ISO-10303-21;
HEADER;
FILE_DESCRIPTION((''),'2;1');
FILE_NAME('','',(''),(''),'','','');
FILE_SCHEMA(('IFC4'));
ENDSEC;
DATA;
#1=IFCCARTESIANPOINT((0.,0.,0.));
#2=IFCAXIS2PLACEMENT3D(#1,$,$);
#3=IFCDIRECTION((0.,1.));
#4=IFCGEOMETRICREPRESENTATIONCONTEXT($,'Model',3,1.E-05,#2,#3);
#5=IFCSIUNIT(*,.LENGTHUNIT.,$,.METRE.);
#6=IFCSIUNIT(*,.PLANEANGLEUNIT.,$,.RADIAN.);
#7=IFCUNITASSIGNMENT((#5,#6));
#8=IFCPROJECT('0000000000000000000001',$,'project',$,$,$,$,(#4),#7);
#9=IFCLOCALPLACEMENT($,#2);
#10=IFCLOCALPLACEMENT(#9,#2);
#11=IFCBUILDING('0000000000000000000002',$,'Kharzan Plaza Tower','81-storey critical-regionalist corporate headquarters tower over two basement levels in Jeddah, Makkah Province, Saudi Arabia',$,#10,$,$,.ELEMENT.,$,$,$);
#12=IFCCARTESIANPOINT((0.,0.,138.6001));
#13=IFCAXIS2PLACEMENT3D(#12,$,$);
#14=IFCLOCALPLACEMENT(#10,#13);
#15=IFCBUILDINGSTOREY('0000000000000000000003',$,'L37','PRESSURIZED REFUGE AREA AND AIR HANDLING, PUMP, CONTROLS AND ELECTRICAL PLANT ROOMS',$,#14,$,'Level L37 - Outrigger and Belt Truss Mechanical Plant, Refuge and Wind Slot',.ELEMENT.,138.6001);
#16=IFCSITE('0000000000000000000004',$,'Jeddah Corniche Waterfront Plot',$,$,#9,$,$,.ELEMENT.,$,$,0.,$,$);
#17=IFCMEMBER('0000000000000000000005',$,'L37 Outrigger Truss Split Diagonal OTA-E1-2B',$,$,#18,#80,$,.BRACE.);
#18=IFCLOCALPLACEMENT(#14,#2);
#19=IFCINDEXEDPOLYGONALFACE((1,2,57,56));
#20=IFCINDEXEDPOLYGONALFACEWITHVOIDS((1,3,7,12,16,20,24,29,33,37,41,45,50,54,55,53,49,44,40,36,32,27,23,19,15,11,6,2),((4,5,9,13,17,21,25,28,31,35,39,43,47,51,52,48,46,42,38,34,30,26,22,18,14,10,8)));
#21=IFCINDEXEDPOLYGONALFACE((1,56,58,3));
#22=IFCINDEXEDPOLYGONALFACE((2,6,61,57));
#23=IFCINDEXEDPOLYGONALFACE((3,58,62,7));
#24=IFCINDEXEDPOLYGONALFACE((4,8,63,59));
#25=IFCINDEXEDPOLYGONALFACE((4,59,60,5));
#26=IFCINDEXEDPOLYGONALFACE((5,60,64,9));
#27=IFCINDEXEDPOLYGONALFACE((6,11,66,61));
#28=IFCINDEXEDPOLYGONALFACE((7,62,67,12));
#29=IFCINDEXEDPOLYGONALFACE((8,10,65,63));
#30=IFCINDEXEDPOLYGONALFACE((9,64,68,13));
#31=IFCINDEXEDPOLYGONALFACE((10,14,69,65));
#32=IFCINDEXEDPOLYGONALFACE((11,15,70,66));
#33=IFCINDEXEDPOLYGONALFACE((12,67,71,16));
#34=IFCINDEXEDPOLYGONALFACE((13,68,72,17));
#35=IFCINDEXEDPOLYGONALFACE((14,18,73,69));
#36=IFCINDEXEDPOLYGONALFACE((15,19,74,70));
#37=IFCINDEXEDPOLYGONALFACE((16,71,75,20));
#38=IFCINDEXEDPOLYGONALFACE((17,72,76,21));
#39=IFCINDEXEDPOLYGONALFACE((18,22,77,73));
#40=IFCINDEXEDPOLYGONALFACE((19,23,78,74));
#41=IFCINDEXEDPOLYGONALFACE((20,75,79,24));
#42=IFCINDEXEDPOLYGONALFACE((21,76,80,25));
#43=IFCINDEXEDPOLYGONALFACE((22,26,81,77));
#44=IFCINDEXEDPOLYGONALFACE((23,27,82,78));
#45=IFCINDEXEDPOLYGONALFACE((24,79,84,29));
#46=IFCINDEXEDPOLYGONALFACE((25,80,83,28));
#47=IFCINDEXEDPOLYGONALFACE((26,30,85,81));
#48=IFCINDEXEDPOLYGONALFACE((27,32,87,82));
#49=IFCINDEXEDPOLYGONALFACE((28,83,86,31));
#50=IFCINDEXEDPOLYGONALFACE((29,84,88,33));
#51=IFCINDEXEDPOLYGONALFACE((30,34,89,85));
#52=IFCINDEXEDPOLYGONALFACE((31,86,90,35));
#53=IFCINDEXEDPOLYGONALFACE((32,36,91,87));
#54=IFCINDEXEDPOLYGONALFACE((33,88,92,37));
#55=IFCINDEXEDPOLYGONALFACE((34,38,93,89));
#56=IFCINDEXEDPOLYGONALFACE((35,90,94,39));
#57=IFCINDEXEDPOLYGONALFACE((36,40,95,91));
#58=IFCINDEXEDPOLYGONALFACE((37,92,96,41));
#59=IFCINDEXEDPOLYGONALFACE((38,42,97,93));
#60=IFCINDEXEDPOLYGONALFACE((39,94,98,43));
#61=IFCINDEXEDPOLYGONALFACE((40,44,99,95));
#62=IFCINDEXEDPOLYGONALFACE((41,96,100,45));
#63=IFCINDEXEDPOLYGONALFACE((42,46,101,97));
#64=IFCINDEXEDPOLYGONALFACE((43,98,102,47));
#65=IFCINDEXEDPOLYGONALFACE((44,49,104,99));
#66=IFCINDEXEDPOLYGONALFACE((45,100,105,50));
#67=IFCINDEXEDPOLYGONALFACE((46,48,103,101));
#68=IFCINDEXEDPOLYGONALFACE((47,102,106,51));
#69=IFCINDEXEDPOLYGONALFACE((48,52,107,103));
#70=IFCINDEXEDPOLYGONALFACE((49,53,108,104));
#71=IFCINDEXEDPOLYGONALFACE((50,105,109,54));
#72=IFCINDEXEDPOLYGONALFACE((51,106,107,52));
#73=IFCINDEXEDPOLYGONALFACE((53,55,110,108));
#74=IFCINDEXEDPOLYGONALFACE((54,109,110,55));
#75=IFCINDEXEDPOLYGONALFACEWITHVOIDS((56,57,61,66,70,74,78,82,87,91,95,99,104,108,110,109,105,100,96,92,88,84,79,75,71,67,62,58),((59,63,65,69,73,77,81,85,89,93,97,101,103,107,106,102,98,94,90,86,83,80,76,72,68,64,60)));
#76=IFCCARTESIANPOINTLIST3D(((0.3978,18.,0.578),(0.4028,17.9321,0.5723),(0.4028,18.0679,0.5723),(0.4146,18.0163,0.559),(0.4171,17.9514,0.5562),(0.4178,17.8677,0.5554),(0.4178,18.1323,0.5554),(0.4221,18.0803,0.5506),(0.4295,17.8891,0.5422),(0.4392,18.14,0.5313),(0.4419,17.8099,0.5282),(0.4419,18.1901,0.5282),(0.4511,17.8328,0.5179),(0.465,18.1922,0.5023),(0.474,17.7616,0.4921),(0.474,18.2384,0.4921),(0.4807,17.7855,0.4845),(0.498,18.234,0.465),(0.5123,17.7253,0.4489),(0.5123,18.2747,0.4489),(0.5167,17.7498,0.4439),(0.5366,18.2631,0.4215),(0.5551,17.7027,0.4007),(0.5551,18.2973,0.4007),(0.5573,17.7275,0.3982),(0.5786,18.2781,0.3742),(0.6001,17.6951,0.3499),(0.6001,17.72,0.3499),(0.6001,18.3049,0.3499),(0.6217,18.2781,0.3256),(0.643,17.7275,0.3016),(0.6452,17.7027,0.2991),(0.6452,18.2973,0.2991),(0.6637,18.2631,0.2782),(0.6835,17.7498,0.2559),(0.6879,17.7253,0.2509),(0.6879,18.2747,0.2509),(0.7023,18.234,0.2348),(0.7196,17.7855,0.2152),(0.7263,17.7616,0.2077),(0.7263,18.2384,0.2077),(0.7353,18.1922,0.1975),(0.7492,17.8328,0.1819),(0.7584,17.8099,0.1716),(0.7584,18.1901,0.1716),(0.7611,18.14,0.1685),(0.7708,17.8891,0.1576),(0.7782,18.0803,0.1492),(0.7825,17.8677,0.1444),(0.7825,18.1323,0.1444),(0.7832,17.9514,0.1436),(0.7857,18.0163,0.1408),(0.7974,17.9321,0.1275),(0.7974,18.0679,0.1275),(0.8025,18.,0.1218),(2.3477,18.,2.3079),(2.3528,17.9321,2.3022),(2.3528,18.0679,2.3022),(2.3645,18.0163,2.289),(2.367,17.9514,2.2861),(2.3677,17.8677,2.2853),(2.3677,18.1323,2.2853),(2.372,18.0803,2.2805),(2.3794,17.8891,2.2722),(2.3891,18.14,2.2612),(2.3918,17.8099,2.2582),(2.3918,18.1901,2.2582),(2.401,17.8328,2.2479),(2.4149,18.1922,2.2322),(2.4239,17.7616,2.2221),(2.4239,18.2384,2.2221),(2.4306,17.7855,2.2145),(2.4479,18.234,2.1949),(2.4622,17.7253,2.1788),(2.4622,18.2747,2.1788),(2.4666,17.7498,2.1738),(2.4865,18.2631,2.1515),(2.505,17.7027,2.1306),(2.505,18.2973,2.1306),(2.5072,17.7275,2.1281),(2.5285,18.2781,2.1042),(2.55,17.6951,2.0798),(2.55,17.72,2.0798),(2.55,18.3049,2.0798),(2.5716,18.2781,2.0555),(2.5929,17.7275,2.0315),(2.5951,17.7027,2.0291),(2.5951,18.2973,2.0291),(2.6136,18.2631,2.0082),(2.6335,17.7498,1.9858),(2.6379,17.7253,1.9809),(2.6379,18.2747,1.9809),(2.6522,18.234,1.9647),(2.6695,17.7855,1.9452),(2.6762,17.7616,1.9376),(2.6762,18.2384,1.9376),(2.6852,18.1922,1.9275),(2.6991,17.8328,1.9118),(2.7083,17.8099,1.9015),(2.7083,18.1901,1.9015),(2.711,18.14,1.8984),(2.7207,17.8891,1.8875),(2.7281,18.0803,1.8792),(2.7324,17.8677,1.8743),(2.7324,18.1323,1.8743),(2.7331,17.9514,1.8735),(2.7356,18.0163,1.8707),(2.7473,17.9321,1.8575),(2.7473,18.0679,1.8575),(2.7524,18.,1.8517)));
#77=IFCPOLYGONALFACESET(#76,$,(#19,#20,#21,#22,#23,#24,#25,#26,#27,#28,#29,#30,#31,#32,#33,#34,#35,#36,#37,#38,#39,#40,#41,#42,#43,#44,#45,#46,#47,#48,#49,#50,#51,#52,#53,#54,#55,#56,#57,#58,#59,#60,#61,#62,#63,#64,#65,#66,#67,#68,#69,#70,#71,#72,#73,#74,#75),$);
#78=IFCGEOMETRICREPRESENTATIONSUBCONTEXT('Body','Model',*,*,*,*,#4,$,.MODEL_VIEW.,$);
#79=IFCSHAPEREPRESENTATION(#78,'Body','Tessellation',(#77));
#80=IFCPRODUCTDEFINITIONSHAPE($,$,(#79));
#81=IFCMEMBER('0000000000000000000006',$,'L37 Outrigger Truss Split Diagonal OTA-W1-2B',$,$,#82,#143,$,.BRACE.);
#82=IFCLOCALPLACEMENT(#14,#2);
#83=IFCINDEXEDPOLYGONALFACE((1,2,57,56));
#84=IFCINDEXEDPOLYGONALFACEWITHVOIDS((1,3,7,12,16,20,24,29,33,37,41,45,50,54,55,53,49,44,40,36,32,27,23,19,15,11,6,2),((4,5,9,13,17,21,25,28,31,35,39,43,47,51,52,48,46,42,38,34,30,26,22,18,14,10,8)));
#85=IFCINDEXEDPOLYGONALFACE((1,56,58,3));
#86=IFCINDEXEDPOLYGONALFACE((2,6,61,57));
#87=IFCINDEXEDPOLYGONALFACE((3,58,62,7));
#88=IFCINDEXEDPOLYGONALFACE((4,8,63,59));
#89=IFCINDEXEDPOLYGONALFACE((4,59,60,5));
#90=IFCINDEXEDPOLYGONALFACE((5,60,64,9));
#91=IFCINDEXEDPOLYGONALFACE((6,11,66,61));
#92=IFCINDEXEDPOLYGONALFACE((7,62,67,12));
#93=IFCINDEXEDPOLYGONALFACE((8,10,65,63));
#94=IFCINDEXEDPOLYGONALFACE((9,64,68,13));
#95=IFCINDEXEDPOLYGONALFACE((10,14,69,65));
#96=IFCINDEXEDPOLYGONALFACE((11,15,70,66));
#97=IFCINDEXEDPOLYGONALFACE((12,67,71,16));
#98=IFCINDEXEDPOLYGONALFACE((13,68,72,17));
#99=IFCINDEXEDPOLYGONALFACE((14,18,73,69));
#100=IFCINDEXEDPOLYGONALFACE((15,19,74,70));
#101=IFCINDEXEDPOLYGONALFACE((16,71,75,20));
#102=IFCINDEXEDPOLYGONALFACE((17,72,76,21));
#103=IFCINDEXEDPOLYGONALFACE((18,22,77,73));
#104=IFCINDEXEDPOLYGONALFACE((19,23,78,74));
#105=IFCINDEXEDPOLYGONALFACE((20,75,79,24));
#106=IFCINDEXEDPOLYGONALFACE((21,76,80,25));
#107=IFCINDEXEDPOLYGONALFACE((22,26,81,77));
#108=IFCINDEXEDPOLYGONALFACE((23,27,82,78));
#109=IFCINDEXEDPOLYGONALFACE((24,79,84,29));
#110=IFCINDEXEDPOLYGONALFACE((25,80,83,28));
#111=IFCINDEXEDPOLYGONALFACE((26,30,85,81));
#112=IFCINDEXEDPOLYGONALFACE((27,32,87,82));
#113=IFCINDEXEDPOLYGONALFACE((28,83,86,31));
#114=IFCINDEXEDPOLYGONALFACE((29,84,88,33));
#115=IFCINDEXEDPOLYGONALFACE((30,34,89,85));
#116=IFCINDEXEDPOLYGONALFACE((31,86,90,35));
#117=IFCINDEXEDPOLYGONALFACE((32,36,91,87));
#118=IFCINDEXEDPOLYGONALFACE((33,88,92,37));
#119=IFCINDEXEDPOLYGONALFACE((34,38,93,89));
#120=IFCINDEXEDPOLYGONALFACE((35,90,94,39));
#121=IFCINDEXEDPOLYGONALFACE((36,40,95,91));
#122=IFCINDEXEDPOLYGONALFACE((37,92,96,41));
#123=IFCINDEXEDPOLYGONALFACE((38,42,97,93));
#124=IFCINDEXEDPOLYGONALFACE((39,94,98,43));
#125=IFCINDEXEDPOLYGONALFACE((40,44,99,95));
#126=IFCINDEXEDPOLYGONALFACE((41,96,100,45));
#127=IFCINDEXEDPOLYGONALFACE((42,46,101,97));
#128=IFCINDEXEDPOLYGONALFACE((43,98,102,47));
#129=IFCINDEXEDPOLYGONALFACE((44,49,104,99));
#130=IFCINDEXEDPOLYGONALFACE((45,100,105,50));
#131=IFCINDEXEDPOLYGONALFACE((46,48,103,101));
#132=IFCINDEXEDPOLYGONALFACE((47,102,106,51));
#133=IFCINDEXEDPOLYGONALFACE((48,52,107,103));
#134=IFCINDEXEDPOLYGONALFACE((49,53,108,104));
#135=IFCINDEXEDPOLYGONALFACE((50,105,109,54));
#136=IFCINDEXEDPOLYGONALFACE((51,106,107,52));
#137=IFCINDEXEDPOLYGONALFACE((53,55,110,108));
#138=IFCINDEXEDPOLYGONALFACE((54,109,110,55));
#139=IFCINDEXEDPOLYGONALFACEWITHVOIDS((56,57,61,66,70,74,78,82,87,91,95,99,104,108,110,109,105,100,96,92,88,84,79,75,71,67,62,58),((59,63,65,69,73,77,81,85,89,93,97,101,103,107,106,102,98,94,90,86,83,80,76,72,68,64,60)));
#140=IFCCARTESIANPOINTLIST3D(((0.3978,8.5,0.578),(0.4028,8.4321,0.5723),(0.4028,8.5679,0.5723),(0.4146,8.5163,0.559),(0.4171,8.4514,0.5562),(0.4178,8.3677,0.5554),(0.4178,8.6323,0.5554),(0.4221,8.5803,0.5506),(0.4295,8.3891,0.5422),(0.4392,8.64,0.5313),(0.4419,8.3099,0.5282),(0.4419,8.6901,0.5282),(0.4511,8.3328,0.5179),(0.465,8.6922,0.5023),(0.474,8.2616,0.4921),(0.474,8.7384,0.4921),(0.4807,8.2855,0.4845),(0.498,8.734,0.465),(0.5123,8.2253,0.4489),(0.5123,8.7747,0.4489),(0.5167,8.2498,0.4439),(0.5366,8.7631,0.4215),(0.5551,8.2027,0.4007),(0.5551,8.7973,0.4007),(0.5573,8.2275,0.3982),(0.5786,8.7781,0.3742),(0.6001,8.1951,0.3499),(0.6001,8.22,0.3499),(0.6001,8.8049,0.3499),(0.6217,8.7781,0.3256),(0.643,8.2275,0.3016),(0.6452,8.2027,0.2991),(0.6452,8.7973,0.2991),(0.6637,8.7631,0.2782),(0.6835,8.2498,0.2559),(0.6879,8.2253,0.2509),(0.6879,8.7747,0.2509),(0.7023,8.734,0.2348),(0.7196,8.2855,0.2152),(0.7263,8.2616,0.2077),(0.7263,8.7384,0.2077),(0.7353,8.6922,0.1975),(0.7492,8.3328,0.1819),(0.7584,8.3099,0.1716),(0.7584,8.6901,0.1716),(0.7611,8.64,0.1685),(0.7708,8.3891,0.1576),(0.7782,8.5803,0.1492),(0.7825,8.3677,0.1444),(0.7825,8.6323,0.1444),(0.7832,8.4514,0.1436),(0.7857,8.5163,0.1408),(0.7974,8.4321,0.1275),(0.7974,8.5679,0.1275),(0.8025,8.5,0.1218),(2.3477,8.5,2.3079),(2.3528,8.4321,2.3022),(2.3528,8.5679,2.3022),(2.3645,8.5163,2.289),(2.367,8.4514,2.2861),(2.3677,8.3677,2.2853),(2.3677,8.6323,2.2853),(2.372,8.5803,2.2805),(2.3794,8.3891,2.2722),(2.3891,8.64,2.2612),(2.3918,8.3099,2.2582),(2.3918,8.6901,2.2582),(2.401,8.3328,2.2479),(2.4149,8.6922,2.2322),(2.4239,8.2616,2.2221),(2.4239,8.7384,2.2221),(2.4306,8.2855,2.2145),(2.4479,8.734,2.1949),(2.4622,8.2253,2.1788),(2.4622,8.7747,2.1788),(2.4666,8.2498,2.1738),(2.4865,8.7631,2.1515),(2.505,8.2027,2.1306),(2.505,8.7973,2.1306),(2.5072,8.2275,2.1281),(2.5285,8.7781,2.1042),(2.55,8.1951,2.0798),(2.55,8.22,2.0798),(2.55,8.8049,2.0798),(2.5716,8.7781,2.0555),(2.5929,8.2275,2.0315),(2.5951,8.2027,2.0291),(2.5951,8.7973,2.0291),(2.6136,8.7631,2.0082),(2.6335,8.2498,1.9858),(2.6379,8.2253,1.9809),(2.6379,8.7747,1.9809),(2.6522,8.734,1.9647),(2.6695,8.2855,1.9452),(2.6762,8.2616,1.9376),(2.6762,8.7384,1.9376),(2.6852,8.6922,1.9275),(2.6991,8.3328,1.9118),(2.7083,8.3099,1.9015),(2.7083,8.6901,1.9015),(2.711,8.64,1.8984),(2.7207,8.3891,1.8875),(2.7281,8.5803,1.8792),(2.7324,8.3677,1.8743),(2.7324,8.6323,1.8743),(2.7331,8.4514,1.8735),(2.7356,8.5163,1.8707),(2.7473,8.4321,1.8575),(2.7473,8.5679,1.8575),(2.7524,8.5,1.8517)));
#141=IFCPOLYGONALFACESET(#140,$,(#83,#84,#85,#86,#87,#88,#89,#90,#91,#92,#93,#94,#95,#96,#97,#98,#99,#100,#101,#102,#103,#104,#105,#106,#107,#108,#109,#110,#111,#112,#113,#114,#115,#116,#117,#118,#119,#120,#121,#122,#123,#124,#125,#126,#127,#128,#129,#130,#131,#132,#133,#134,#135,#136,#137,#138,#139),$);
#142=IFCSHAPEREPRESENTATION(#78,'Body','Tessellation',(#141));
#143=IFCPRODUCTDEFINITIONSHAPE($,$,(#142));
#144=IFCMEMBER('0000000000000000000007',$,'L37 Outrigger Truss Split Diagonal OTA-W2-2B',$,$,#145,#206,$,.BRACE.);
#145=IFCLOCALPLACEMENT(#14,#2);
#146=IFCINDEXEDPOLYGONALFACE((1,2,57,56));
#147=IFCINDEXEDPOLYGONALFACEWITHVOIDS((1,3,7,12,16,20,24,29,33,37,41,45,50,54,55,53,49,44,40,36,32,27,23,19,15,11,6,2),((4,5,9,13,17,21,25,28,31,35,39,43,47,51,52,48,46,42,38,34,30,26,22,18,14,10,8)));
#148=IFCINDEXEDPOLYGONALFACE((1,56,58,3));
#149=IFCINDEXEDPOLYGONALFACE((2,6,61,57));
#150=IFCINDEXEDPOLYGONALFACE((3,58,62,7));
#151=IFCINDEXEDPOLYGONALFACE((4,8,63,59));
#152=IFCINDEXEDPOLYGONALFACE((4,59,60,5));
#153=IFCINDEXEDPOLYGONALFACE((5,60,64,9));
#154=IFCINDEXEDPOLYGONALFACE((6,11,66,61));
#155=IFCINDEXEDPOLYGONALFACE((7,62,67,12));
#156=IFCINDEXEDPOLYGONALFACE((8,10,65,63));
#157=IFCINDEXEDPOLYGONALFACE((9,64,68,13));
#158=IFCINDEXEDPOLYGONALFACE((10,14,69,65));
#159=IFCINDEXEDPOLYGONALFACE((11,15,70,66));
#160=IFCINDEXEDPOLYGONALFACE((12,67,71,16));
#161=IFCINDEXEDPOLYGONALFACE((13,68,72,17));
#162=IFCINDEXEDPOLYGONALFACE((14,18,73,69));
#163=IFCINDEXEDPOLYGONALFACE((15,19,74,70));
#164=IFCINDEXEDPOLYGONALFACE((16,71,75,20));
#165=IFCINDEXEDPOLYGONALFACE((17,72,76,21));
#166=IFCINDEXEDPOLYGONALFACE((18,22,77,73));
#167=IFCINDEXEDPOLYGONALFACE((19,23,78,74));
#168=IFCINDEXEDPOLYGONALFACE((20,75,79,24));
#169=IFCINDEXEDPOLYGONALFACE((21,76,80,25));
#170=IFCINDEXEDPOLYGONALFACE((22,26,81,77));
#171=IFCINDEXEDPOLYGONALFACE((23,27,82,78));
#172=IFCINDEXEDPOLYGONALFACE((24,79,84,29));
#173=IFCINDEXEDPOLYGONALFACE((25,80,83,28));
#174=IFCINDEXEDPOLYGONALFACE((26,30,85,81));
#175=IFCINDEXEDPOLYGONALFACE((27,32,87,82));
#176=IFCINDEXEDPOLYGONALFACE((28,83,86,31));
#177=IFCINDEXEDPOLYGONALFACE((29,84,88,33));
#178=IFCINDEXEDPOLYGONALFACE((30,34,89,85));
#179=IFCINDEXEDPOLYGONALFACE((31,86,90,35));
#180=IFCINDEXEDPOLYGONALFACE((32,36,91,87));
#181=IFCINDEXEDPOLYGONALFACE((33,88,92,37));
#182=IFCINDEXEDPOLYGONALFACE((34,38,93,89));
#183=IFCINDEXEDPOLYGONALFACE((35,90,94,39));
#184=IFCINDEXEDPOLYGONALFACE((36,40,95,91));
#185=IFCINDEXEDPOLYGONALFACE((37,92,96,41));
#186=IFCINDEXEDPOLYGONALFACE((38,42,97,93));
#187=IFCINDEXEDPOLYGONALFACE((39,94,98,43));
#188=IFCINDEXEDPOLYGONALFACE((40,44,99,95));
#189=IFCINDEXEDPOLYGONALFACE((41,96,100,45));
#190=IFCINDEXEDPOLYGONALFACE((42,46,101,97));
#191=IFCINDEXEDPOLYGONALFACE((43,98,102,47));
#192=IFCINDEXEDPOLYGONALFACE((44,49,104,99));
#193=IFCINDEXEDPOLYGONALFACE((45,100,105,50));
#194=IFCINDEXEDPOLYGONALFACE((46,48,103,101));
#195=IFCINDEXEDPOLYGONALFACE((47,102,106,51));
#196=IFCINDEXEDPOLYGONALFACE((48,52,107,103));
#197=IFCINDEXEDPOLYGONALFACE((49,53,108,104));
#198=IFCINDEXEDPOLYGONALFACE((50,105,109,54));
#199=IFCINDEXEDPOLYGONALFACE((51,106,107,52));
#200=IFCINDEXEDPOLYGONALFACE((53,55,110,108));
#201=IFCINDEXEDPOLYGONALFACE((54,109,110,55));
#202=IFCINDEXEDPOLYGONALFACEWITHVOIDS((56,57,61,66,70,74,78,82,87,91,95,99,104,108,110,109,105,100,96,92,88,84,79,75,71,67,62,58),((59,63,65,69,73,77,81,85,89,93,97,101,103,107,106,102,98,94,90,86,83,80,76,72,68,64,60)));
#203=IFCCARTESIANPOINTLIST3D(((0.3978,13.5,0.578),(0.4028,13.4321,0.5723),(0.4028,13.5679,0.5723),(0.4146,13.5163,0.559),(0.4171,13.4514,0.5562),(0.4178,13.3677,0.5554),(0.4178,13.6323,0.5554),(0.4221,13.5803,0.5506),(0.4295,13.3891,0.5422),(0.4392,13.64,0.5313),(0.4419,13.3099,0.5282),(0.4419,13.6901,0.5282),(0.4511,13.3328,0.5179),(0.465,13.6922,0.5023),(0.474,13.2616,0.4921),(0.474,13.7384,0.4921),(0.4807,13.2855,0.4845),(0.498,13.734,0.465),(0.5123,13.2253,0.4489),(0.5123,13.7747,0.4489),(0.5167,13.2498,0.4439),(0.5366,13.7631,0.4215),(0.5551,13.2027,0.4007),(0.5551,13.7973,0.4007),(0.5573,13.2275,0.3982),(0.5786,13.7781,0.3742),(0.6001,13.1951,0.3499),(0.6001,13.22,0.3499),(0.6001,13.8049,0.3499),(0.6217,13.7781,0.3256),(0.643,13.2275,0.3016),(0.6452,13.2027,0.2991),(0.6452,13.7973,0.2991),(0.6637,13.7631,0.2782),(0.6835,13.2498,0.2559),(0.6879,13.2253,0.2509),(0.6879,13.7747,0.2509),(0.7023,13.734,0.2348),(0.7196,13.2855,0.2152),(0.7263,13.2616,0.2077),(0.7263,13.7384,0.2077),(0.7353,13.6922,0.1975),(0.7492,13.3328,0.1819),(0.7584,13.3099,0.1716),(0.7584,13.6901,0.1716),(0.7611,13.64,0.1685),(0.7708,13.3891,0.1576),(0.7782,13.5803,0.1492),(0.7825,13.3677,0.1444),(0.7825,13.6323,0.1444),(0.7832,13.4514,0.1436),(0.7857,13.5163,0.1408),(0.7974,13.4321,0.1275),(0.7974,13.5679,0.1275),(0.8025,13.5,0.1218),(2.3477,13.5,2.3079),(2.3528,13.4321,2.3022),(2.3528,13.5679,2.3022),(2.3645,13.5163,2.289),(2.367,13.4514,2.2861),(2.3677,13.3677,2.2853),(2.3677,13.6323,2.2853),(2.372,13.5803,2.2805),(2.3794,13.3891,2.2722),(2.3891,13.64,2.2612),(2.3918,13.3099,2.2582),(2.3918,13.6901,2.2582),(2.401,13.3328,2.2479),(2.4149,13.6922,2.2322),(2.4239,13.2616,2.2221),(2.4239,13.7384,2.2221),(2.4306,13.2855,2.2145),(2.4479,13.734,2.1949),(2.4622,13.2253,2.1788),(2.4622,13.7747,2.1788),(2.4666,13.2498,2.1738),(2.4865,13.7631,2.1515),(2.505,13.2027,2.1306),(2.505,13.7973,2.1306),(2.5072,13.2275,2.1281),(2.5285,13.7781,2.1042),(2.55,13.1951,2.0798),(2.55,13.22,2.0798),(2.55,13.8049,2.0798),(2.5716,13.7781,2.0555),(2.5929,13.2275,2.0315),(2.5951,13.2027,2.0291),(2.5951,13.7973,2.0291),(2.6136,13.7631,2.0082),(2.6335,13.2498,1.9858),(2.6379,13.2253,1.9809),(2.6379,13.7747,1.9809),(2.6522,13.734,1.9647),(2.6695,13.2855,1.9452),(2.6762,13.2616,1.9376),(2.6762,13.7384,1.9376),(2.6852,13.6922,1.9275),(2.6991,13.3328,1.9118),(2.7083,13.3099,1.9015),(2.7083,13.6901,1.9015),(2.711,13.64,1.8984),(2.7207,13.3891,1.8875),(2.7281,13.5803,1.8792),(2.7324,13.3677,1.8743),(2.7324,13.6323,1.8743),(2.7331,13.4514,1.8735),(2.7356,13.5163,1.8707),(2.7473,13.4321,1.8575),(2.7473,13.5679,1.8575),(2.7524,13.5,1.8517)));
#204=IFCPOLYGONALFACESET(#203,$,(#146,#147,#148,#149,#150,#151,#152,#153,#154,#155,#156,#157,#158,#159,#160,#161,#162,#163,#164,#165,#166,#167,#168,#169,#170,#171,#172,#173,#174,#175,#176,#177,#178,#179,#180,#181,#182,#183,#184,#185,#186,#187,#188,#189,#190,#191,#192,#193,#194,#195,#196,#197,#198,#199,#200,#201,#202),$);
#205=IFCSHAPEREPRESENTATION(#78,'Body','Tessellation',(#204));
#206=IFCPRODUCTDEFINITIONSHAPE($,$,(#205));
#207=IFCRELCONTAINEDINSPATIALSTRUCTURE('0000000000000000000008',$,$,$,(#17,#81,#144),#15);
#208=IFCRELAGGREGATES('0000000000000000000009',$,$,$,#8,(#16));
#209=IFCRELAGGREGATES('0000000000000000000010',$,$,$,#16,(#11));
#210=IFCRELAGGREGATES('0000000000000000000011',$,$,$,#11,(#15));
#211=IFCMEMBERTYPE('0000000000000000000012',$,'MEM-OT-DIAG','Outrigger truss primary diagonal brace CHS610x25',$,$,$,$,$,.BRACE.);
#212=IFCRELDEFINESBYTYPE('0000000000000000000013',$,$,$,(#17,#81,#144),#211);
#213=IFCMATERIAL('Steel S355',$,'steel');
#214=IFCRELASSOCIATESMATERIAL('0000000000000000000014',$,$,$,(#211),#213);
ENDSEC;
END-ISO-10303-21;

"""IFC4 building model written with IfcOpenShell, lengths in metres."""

from ifc_helpers import new_model, si_unit, direction, frame, origin, origin_2d, place, context, subcontext, project, spatial, hollow_circle, extrude, source, transform, mapped, material, material_profile, profile_set, type_object, element, save


model = new_model("IFC4")

# Units and contexts
model_context = context("Model", 3, precision=1e-05, world=origin(), true_north=direction((0.0, 1.0)))
body_context = subcontext(model_context, "Body", "Model", "MODEL_VIEW")
ifc_project = project(units=[si_unit("LENGTHUNIT", "METRE"), si_unit("PLANEANGLEUNIT", "RADIAN")], contexts=[model_context])

# Site, building, storey
site_placement = place(None, origin())
site = spatial("IfcSite", under=ifc_project, at=site_placement, Name="Jeddah Corniche Waterfront Plot", CompositionType="ELEMENT", RefElevation=0.0)
building_placement = place(site_placement, origin())
building = spatial("IfcBuilding", under=site, at=building_placement, Name="Kharzan Plaza Tower", Description="81-storey critical-regionalist corporate headquarters tower over two basement levels in Jeddah, Makkah Province, Saudi Arabia", CompositionType="ELEMENT")
storey_placement = place(building_placement, frame((0.0, 0.0, 138.6001)))
storey = spatial("IfcBuildingStorey", under=building, at=storey_placement, Name="L37", Description="PRESSURIZED REFUGE AREA AND AIR HANDLING, PUMP, CONTROLS AND ELECTRICAL PLANT ROOMS", LongName="Level L37 - Outrigger and Belt Truss Mechanical Plant, Refuge and Wind Slot", CompositionType="ELEMENT", Elevation=138.6001)

# Shared definitions
ifc_material_1 = material(Name="Steel S355", Category="steel")

# Members
ifc_material_profile_1 = material_profile(ifc_material_1, hollow_circle(Radius=0.3049, WallThickness=0.0249, at=origin_2d()), Name="CHS610x25")
ifc_profile_set_1 = profile_set([ifc_material_profile_1], Name="Steel S355")
member_type_1 = type_object("IfcMemberType", Name="MEM-OT-DIAG", Description="Outrigger truss primary diagonal brace CHS610x25", PredefinedType="BRACE", material=ifc_profile_set_1)
shared_shape_1 = source(origin(), body_context, "Body", "SweptSolid", [
    extrude(hollow_circle(Radius=0.3049, WallThickness=0.0249, at=origin_2d()), origin(), (0.0, 0.0, 1.0), 2.6067),
])
for number, where, z_axis, x_axis, name in (
    (1, (2.55, 18.0, 2.0798), (-0.748039, 0.0, -0.663654), (0.0, -1.0, 0.0), "L37 Outrigger Truss Split Diagonal OTA-E1-2B"),
    (2, (2.55, 8.5, 2.0798), (-0.748039, 0.0, -0.663654), (0.0, -1.0, 0.0), "L37 Outrigger Truss Split Diagonal OTA-W1-2B"),
    (3, (2.55, 13.5, 2.0798), (-0.748039, 0.0, -0.663654), (0.0, -1.0, 0.0), "L37 Outrigger Truss Split Diagonal OTA-W2-2B"),
):
    element("IfcMember", number, at=place(storey_placement, frame(where, z_axis=z_axis, x_axis=x_axis)), inside=storey, type_object=member_type_1, Name=name, PredefinedType="BRACE", context=body_context, shape_type="MappedRepresentation", body=[
        mapped(shared_shape_1, transform((0.0, 0.0, 0.0), x_axis=(1.0, 0.0, 0.0), y_axis=(0.0, 1.0, 0.0), z_axis=(0.0, 0.0, 1.0))),
    ])

save(model, "model.ifc")
